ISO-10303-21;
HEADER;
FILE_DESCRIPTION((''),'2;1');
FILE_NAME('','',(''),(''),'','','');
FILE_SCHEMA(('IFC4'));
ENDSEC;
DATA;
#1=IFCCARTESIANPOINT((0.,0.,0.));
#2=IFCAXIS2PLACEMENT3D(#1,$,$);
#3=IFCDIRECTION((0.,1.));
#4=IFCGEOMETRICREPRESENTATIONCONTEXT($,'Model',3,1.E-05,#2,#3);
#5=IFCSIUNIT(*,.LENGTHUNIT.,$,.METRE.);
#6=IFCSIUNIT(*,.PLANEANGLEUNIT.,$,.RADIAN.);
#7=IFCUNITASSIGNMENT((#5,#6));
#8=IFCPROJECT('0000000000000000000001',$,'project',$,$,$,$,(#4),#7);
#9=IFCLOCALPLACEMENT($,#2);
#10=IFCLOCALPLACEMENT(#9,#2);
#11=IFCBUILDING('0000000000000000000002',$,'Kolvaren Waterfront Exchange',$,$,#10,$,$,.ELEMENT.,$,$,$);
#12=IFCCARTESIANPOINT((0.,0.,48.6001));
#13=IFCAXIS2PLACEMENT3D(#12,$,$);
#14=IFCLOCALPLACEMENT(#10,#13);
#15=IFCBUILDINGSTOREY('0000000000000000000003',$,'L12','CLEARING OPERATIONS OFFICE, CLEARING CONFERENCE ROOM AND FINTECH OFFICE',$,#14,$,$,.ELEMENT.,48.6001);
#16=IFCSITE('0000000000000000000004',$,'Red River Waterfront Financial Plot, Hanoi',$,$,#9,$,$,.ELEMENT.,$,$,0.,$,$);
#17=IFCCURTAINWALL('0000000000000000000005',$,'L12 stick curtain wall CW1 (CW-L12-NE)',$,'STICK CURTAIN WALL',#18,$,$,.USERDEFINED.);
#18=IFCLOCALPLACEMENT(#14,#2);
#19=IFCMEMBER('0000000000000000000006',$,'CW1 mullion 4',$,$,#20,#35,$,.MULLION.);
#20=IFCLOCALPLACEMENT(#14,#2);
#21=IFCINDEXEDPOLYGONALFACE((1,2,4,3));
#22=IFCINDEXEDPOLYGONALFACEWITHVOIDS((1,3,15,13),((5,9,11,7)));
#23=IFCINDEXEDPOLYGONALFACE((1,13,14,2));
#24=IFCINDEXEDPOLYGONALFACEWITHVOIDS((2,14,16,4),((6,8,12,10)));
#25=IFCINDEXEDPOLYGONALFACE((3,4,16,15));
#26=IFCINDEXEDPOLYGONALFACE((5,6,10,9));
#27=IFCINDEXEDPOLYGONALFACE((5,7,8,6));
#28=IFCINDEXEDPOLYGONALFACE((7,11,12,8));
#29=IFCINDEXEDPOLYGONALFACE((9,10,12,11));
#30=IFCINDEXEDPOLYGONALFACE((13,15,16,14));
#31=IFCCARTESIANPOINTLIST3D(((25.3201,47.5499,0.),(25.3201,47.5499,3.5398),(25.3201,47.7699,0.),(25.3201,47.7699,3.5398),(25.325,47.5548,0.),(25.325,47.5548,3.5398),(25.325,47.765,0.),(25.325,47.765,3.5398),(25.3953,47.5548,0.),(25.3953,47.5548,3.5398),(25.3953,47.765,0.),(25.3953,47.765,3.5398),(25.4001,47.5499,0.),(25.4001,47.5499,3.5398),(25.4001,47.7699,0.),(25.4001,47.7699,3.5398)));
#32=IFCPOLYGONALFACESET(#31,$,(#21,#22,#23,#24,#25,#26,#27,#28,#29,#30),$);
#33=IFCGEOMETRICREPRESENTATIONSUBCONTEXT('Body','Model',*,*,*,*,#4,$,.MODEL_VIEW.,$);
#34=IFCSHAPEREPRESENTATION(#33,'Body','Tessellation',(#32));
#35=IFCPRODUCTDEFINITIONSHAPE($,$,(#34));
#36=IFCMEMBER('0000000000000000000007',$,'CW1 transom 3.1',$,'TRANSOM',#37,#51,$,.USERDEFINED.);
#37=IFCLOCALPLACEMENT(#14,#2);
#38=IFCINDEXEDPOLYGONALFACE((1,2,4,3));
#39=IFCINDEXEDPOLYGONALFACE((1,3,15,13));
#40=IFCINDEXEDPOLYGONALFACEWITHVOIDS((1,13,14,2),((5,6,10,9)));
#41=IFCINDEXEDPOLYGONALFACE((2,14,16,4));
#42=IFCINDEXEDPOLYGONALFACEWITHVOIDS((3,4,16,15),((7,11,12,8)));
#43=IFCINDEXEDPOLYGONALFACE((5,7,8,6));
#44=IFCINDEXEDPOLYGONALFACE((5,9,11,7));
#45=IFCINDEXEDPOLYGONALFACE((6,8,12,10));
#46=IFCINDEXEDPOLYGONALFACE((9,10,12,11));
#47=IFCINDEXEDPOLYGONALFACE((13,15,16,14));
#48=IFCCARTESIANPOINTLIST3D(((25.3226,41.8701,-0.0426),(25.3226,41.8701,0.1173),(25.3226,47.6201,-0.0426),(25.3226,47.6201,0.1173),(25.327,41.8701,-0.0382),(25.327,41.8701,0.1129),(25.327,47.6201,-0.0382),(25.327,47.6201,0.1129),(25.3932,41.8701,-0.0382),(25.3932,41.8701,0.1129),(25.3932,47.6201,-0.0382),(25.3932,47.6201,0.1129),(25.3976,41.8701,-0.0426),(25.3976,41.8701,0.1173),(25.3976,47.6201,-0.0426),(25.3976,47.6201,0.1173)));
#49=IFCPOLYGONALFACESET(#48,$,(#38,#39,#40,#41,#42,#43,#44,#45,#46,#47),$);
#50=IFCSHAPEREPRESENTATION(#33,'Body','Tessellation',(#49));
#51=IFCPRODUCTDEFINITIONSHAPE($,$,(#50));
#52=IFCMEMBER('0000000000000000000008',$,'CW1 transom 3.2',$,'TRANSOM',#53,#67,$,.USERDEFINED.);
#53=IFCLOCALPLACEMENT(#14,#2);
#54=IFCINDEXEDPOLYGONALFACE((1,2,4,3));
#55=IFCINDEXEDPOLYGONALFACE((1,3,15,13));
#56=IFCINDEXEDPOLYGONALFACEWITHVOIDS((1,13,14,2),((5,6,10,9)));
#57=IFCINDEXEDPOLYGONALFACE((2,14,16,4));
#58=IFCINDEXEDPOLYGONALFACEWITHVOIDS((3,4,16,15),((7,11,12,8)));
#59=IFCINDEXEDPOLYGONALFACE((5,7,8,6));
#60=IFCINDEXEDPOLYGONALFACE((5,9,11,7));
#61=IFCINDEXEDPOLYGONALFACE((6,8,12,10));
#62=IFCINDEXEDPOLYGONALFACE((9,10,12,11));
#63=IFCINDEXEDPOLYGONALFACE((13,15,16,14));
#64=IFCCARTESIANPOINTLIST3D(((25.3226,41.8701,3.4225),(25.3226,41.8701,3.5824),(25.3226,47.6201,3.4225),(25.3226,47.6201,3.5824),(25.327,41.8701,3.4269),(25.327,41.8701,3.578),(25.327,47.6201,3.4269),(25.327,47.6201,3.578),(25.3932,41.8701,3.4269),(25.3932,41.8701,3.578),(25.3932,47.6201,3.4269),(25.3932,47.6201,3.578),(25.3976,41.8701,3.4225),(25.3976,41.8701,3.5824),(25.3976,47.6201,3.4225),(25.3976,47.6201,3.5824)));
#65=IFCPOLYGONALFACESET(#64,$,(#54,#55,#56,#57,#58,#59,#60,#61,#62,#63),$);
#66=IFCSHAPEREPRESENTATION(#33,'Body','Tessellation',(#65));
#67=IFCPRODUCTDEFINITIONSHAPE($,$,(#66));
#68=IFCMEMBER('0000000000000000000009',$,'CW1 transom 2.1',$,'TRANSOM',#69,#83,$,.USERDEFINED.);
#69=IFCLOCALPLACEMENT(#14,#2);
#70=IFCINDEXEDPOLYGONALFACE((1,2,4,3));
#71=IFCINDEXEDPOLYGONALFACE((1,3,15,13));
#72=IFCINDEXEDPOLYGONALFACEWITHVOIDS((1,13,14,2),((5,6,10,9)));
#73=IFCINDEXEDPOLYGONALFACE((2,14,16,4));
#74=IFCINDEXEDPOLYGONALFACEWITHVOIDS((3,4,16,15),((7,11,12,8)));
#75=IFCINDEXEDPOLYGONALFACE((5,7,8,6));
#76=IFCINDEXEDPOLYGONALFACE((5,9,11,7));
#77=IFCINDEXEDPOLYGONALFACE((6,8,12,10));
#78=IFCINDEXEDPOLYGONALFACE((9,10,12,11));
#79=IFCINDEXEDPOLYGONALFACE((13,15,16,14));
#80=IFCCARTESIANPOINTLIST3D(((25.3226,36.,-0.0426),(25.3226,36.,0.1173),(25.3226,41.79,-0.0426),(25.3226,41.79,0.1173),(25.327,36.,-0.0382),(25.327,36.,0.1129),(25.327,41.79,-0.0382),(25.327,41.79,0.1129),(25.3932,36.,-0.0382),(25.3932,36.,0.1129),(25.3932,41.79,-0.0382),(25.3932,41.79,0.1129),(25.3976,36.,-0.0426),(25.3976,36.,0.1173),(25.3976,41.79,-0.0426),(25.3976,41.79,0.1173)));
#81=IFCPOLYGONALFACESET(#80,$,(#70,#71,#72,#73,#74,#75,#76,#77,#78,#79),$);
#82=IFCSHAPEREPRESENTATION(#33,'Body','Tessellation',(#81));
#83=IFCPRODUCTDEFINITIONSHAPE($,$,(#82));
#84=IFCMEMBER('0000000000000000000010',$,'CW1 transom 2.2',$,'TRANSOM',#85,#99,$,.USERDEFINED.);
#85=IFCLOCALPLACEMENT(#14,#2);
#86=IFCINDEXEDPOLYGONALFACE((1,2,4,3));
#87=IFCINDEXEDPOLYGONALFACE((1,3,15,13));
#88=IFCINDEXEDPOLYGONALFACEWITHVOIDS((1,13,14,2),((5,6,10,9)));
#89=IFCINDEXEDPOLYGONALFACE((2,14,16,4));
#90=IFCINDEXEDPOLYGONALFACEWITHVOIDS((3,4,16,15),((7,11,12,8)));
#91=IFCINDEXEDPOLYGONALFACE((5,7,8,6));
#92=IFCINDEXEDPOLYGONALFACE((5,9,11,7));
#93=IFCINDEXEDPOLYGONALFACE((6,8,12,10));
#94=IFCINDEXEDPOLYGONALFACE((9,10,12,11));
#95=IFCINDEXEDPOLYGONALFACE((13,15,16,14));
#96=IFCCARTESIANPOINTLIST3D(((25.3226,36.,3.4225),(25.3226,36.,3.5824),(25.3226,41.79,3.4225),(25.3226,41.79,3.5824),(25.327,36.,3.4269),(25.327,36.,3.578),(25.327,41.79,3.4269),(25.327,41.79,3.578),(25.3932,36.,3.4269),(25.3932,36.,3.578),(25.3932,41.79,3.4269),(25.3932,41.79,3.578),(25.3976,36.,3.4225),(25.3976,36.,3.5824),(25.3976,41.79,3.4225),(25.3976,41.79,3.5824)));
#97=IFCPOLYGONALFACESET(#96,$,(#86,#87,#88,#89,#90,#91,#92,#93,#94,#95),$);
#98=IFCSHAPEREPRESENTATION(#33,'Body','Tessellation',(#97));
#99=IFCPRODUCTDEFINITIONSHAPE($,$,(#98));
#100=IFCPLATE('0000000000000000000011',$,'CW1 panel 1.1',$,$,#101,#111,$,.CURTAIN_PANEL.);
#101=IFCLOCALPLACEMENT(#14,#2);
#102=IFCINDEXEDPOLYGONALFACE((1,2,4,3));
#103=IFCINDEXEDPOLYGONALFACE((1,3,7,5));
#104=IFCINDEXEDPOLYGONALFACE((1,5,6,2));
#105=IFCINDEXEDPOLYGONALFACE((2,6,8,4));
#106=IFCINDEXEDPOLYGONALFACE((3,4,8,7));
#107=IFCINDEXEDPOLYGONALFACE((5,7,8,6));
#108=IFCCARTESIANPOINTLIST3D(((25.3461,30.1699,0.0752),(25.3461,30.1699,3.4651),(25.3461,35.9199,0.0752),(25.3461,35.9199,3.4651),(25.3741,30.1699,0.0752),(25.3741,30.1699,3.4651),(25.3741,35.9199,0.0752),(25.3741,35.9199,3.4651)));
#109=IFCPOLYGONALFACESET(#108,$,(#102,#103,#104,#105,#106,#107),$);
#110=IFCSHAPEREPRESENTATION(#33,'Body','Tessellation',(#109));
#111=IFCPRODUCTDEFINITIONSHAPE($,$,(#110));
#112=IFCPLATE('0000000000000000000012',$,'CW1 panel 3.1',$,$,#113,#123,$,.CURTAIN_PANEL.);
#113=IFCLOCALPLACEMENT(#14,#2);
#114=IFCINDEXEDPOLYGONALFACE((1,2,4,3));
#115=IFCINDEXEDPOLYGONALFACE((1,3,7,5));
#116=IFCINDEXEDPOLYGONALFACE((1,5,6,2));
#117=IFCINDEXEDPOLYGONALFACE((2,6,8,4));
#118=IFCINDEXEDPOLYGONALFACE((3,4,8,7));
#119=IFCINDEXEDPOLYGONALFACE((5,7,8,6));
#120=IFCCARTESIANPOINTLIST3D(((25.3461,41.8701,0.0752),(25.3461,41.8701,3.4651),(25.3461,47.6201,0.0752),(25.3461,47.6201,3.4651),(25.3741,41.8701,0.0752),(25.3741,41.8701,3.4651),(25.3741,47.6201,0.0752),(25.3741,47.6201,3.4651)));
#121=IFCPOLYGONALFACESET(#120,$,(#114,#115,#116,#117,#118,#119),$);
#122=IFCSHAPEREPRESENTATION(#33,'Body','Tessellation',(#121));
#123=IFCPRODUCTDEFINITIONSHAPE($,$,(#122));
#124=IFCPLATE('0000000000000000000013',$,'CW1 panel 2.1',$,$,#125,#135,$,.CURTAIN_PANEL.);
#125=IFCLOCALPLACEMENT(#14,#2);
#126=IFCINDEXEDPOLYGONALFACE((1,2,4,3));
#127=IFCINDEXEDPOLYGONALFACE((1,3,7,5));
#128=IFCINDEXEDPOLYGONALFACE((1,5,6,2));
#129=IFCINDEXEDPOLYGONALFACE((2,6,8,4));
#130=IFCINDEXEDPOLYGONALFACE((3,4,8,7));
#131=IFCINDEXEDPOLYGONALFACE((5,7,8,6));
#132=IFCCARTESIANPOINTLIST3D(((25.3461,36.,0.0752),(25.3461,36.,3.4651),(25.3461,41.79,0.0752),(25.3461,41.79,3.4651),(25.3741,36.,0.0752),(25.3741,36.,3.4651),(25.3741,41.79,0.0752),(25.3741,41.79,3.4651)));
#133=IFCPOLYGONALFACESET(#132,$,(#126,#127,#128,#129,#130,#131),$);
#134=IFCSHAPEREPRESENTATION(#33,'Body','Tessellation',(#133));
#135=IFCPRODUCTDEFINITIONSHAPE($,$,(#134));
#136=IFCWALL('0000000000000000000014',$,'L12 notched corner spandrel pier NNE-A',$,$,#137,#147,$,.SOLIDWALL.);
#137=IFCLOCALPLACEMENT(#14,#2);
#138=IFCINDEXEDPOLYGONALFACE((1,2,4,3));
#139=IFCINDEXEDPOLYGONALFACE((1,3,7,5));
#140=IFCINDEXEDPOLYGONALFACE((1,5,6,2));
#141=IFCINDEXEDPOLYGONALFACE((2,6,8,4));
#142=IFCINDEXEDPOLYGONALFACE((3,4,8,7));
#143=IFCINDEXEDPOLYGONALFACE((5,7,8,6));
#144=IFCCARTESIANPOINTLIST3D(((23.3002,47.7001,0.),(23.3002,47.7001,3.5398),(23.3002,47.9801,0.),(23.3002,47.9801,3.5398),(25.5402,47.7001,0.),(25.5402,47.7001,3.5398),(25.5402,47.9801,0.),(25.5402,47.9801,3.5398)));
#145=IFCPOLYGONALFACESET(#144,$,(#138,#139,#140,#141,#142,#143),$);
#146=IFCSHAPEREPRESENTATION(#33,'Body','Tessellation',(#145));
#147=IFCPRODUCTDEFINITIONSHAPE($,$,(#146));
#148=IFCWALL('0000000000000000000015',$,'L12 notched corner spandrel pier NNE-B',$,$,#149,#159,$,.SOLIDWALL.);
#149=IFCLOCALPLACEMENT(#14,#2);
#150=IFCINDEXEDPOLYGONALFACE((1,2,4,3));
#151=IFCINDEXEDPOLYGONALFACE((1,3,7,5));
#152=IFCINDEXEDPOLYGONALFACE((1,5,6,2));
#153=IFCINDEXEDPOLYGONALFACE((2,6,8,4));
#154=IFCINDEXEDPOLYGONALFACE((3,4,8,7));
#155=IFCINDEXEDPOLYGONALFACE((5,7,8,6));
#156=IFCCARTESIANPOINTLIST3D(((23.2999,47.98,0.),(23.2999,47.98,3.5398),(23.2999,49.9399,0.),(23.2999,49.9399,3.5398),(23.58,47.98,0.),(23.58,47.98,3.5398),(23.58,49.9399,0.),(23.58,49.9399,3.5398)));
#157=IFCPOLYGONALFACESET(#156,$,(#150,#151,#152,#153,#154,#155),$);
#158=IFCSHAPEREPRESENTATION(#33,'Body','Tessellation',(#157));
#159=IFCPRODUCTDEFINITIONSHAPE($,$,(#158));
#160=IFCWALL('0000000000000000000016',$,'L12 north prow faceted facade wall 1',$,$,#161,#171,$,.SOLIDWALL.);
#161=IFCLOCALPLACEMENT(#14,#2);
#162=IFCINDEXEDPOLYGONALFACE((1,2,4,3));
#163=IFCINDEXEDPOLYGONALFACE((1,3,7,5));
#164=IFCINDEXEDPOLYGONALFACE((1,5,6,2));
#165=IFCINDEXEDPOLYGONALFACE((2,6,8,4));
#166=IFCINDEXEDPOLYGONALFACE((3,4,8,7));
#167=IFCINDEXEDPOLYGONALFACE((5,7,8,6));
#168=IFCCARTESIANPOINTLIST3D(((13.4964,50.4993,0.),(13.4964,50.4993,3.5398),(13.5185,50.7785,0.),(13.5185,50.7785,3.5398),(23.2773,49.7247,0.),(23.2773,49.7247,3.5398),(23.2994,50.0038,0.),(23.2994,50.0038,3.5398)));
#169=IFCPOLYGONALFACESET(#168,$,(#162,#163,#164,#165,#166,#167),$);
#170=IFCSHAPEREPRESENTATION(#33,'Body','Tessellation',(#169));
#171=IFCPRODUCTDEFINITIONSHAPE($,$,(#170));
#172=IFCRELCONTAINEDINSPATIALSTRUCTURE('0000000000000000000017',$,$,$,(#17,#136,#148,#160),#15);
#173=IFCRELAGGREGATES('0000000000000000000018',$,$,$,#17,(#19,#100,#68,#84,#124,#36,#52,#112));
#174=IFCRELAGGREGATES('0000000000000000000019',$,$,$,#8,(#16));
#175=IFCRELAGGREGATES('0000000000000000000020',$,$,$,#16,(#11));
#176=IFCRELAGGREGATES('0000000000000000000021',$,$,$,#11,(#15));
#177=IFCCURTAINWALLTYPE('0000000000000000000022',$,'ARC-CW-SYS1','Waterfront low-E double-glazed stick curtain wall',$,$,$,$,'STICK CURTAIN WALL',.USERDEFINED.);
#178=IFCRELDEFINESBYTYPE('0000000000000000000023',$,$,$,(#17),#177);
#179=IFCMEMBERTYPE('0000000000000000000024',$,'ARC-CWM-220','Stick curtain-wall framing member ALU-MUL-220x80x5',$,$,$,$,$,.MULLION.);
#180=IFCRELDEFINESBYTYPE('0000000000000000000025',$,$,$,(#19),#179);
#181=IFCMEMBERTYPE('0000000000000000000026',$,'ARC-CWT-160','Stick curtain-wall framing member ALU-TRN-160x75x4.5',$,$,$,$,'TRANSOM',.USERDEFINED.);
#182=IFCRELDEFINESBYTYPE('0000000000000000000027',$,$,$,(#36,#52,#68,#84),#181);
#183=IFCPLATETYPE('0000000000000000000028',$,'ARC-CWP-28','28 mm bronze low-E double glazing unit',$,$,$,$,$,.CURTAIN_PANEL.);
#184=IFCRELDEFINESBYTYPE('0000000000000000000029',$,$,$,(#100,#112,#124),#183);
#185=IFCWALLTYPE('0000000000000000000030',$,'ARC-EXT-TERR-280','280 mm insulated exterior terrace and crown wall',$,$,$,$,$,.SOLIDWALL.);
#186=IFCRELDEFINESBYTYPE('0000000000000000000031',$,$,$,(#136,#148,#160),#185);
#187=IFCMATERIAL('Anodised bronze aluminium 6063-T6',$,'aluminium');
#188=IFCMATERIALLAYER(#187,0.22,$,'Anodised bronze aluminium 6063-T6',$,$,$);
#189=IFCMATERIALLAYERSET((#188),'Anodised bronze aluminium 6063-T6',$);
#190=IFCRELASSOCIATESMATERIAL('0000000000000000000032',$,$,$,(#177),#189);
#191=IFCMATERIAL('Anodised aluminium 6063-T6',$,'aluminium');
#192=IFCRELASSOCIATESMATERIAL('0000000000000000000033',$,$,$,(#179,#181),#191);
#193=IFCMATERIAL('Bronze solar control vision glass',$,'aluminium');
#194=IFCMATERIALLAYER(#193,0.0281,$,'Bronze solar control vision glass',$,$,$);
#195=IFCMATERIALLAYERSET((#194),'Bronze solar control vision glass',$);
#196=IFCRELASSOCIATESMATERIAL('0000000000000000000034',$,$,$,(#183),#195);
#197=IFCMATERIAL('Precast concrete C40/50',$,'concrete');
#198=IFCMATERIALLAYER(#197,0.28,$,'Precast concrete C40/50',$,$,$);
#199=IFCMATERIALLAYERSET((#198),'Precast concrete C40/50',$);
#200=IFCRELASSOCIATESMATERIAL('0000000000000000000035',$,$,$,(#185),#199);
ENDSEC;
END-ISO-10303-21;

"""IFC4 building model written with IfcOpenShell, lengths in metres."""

from ifc_helpers import new_model, si_unit, direction, frame, frame_2d, origin, origin_with_axes, origin_2d, place, context, subcontext, project, spatial, rectangle, hollow_rectangle, extrude, source, transform, mapped, material, layer, layer_set, material_profile, profile_set, type_object, element, aggregate, save


model = new_model("IFC4")

# Units and contexts
model_context = context("Model", 3, precision=1e-05, world=origin(), true_north=direction((0.0, 1.0)))
body_context = subcontext(model_context, "Body", "Model", "MODEL_VIEW")
ifc_project = project(units=[si_unit("LENGTHUNIT", "METRE"), si_unit("PLANEANGLEUNIT", "RADIAN")], contexts=[model_context])

# Site, building, storey
site_placement = place(None, origin())
site = spatial("IfcSite", under=ifc_project, at=site_placement, Name="Red River Waterfront Financial Plot, Hanoi", CompositionType="ELEMENT", RefElevation=0.0)
building_placement = place(site_placement, origin())
building = spatial("IfcBuilding", under=site, at=building_placement, Name="Kolvaren Waterfront Exchange", CompositionType="ELEMENT")
storey_placement = place(building_placement, frame((0.0, 0.0, 48.6001)))
storey = spatial("IfcBuildingStorey", under=building, at=storey_placement, Name="L12", Description="CLEARING OPERATIONS OFFICE, CLEARING CONFERENCE ROOM AND FINTECH OFFICE", CompositionType="ELEMENT", Elevation=48.6001)

# Curtain wall, members, plates
ifc_material_1 = material(Name="Anodised bronze aluminium 6063-T6", Category="aluminium")
ifc_layer_1 = layer(ifc_material_1, 0.22, Name="Anodised bronze aluminium 6063-T6")
ifc_layer_set_1 = layer_set([ifc_layer_1], Name="Anodised bronze aluminium 6063-T6")
curtain_wall_type = type_object("IfcCurtainWallType", Name="ARC-CW-SYS1", Description="Waterfront low-E double-glazed stick curtain wall", ElementType="STICK CURTAIN WALL", PredefinedType="USERDEFINED", material=ifc_layer_set_1)
curtain_wall_placement = place(storey_placement, origin())
curtain_wall = element("IfcCurtainWall", 1, at=curtain_wall_placement, inside=storey, type_object=curtain_wall_type, Name="L12 stick curtain wall CW1 (CW-L12-NE)", ObjectType="STICK CURTAIN WALL", PredefinedType="USERDEFINED")
ifc_material_2 = material(Name="Anodised aluminium 6063-T6", Category="aluminium")
ifc_material_profile_1 = material_profile(ifc_material_2, hollow_rectangle(XDim=0.0801, YDim=0.22, WallThickness=0.0049, at=origin_2d()), Name="ALU-MUL-220x80x5")
ifc_profile_set_1 = profile_set([ifc_material_profile_1], Name="Anodised aluminium 6063-T6")
member_type_1 = type_object("IfcMemberType", Name="ARC-CWM-220", Description="Stick curtain-wall framing member ALU-MUL-220x80x5", PredefinedType="MULLION", material=ifc_profile_set_1)
shared_shape_1 = source(origin_with_axes(), body_context, "Body", "SweptSolid", [
    extrude(hollow_rectangle(XDim=0.0801, YDim=0.22, WallThickness=0.0049, at=origin_2d()), origin(), (0.0, 0.0, 1.0), 3.5398),
])
member_1_placement = place(storey_placement, frame((25.3601, 47.6599, 0.0), z_axis=(0.0, 0.0, 1.0), x_axis=(-1.0, 0.0, 0.0)))
member_1 = element("IfcMember", 2, at=member_1_placement, type_object=member_type_1, Name="CW1 mullion 4", PredefinedType="MULLION", context=body_context, shape_type="MappedRepresentation", body=[
    mapped(shared_shape_1, transform((0.0, 0.0, 0.0), x_axis=(1.0, 0.0, 0.0), y_axis=(0.0, 1.0, 0.0), z_axis=(0.0, 0.0, 1.0), scale=1.0)),
])
ifc_material_profile_2 = material_profile(ifc_material_2, hollow_rectangle(XDim=0.075, YDim=0.1599, WallThickness=0.0044, at=origin_2d()), Name="ALU-TRN-160x75x4.5")
ifc_profile_set_2 = profile_set([ifc_material_profile_2], Name="Anodised aluminium 6063-T6")
member_type_2 = type_object("IfcMemberType", Name="ARC-CWT-160", Description="Stick curtain-wall framing member ALU-TRN-160x75x4.5", ElementType="TRANSOM", PredefinedType="USERDEFINED", material=ifc_profile_set_2)
shared_shape_2 = source(origin_with_axes(), body_context, "Body", "SweptSolid", [
    extrude(hollow_rectangle(XDim=0.075, YDim=0.1599, WallThickness=0.0044, at=origin_2d()), origin(), (0.0, 0.0, 1.0), 5.75),
])
member_2_placement = place(storey_placement, frame((25.3601, 41.8701, 0.0374), z_axis=(0.0, 1.0, 0.0), x_axis=(-1.0, 0.0, 0.0)))
member_2 = element("IfcMember", 3, at=member_2_placement, type_object=member_type_2, Name="CW1 transom 3.1", ObjectType="TRANSOM", PredefinedType="USERDEFINED", context=body_context, shape_type="MappedRepresentation", body=[
    mapped(shared_shape_2, transform((0.0, 0.0, 0.0), x_axis=(1.0, 0.0, 0.0), y_axis=(0.0, 1.0, 0.0), z_axis=(0.0, 0.0, 1.0), scale=1.0)),
])
member_3_placement = place(storey_placement, frame((25.3601, 41.8701, 3.5024), z_axis=(0.0, 1.0, 0.0), x_axis=(-1.0, 0.0, 0.0)))
member_3 = element("IfcMember", 4, at=member_3_placement, type_object=member_type_2, Name="CW1 transom 3.2", ObjectType="TRANSOM", PredefinedType="USERDEFINED", context=body_context, shape_type="MappedRepresentation", body=[
    mapped(shared_shape_2, transform((0.0, 0.0, 0.0), x_axis=(1.0, 0.0, 0.0), y_axis=(0.0, 1.0, 0.0), z_axis=(0.0, 0.0, 1.0), scale=1.0)),
])
shared_shape_3 = source(origin_with_axes(), body_context, "Body", "SweptSolid", [
    extrude(hollow_rectangle(XDim=0.075, YDim=0.1599, WallThickness=0.0044, at=origin_2d()), origin(), (0.0, 0.0, 1.0), 5.79),
])
member_4_placement = place(storey_placement, frame((25.3601, 36.0, 0.0374), z_axis=(0.0, 1.0, 0.0), x_axis=(-1.0, 0.0, 0.0)))
member_4 = element("IfcMember", 5, at=member_4_placement, type_object=member_type_2, Name="CW1 transom 2.1", ObjectType="TRANSOM", PredefinedType="USERDEFINED", context=body_context, shape_type="MappedRepresentation", body=[
    mapped(shared_shape_3, transform((0.0, 0.0, 0.0), x_axis=(1.0, 0.0, 0.0), y_axis=(0.0, 1.0, 0.0), z_axis=(0.0, 0.0, 1.0), scale=1.0)),
])
member_5_placement = place(storey_placement, frame((25.3601, 36.0, 3.5024), z_axis=(0.0, 1.0, 0.0), x_axis=(-1.0, 0.0, 0.0)))
member_5 = element("IfcMember", 6, at=member_5_placement, type_object=member_type_2, Name="CW1 transom 2.2", ObjectType="TRANSOM", PredefinedType="USERDEFINED", context=body_context, shape_type="MappedRepresentation", body=[
    mapped(shared_shape_3, transform((0.0, 0.0, 0.0), x_axis=(1.0, 0.0, 0.0), y_axis=(0.0, 1.0, 0.0), z_axis=(0.0, 0.0, 1.0), scale=1.0)),
])
ifc_material_3 = material(Name="Bronze solar control vision glass", Category="aluminium")
ifc_layer_2 = layer(ifc_material_3, 0.0281, Name="Bronze solar control vision glass")
ifc_layer_set_2 = layer_set([ifc_layer_2], Name="Bronze solar control vision glass")
plate_type = type_object("IfcPlateType", Name="ARC-CWP-28", Description="28 mm bronze low-E double glazing unit", PredefinedType="CURTAIN_PANEL", material=ifc_layer_set_2)
shared_shape_4 = source(origin_with_axes(), body_context, "Body", "SweptSolid", [
    extrude(rectangle(XDim=5.75, YDim=0.0281, at=origin_2d()), origin(), (0.0, 0.0, 1.0), 3.3899),
])
plate_1_placement = place(storey_placement, frame((25.3601, 33.0449, 0.0752), z_axis=(0.0, 0.0, 1.0), x_axis=(0.0, 1.0, 0.0)))
plate_1 = element("IfcPlate", 7, at=plate_1_placement, type_object=plate_type, Name="CW1 panel 1.1", PredefinedType="CURTAIN_PANEL", context=body_context, shape_type="MappedRepresentation", body=[
    mapped(shared_shape_4, transform((0.0, 0.0, 0.0), x_axis=(1.0, 0.0, 0.0), y_axis=(0.0, 1.0, 0.0), z_axis=(0.0, 0.0, 1.0), scale=1.0)),
])
plate_2_placement = place(storey_placement, frame((25.3601, 44.7451, 0.0752), z_axis=(0.0, 0.0, 1.0), x_axis=(0.0, 1.0, 0.0)))
plate_2 = element("IfcPlate", 8, at=plate_2_placement, type_object=plate_type, Name="CW1 panel 3.1", PredefinedType="CURTAIN_PANEL", context=body_context, shape_type="MappedRepresentation", body=[
    mapped(shared_shape_4, transform((0.0, 0.0, 0.0), x_axis=(1.0, 0.0, 0.0), y_axis=(0.0, 1.0, 0.0), z_axis=(0.0, 0.0, 1.0), scale=1.0)),
])
shared_shape_5 = source(origin_with_axes(), body_context, "Body", "SweptSolid", [
    extrude(rectangle(XDim=5.79, YDim=0.0281, at=origin_2d()), origin(), (0.0, 0.0, 1.0), 3.3899),
])
plate_3_placement = place(storey_placement, frame((25.3601, 38.895, 0.0752), z_axis=(0.0, 0.0, 1.0), x_axis=(0.0, 1.0, 0.0)))
plate_3 = element("IfcPlate", 9, at=plate_3_placement, type_object=plate_type, Name="CW1 panel 2.1", PredefinedType="CURTAIN_PANEL", context=body_context, shape_type="MappedRepresentation", body=[
    mapped(shared_shape_5, transform((0.0, 0.0, 0.0), x_axis=(1.0, 0.0, 0.0), y_axis=(0.0, 1.0, 0.0), z_axis=(0.0, 0.0, 1.0), scale=1.0)),
])
aggregate(curtain_wall, [member_1, plate_1, member_4, member_5, plate_3, member_2, member_3, plate_2])

# Walls
ifc_material_4 = material(Name="Precast concrete C40/50", Category="concrete")
ifc_layer_3 = layer(ifc_material_4, 0.28, Name="Precast concrete C40/50")
ifc_layer_set_3 = layer_set([ifc_layer_3], Name="Precast concrete C40/50")
wall_type = type_object("IfcWallType", Name="ARC-EXT-TERR-280", Description="280 mm insulated exterior terrace and crown wall", PredefinedType="SOLIDWALL", material=ifc_layer_set_3)
wall_1_placement = place(storey_placement, frame((23.3, 47.8401, 0.0), z_axis=(0.0, 0.0, 1.0), x_axis=(1.0, 0.0, 0.0)))
element("IfcWall", 10, at=wall_1_placement, inside=storey, type_object=wall_type, Name="L12 notched corner spandrel pier NNE-A", PredefinedType="SOLIDWALL", context=body_context, shape_type="SweptSolid", body=[
    extrude(rectangle(XDim=2.24, YDim=0.28, at=frame_2d((1.1201, 0.0))), origin(), (0.0, 0.0, 1.0), 3.5398),
])
wall_2_placement = place(storey_placement, frame((23.4399, 47.98, 0.0), z_axis=(0.0, 0.0, 1.0), x_axis=(0.0, 1.0, 0.0)))
element("IfcWall", 11, at=wall_2_placement, inside=storey, type_object=wall_type, Name="L12 notched corner spandrel pier NNE-B", PredefinedType="SOLIDWALL", context=body_context, shape_type="SweptSolid", body=[
    extrude(rectangle(XDim=1.96, YDim=0.28, at=frame_2d((0.98, 0.0))), origin(), (0.0, 0.0, 1.0), 3.5398),
])
wall_3_placement = place(storey_placement, frame((23.2883, 49.8643, 0.0), z_axis=(0.0, 0.0, 1.0), x_axis=(-0.996878, 0.078953, 0.0)))
element("IfcWall", 12, at=wall_3_placement, inside=storey, type_object=wall_type, Name="L12 north prow faceted facade wall 1", PredefinedType="SOLIDWALL", context=body_context, shape_type="SweptSolid", body=[
    extrude(rectangle(XDim=9.8115, YDim=0.28, at=frame_2d((4.9058, 0.0))), origin(), (0.0, 0.0, 1.0), 3.5398),
])

save(model, "model.ifc")
